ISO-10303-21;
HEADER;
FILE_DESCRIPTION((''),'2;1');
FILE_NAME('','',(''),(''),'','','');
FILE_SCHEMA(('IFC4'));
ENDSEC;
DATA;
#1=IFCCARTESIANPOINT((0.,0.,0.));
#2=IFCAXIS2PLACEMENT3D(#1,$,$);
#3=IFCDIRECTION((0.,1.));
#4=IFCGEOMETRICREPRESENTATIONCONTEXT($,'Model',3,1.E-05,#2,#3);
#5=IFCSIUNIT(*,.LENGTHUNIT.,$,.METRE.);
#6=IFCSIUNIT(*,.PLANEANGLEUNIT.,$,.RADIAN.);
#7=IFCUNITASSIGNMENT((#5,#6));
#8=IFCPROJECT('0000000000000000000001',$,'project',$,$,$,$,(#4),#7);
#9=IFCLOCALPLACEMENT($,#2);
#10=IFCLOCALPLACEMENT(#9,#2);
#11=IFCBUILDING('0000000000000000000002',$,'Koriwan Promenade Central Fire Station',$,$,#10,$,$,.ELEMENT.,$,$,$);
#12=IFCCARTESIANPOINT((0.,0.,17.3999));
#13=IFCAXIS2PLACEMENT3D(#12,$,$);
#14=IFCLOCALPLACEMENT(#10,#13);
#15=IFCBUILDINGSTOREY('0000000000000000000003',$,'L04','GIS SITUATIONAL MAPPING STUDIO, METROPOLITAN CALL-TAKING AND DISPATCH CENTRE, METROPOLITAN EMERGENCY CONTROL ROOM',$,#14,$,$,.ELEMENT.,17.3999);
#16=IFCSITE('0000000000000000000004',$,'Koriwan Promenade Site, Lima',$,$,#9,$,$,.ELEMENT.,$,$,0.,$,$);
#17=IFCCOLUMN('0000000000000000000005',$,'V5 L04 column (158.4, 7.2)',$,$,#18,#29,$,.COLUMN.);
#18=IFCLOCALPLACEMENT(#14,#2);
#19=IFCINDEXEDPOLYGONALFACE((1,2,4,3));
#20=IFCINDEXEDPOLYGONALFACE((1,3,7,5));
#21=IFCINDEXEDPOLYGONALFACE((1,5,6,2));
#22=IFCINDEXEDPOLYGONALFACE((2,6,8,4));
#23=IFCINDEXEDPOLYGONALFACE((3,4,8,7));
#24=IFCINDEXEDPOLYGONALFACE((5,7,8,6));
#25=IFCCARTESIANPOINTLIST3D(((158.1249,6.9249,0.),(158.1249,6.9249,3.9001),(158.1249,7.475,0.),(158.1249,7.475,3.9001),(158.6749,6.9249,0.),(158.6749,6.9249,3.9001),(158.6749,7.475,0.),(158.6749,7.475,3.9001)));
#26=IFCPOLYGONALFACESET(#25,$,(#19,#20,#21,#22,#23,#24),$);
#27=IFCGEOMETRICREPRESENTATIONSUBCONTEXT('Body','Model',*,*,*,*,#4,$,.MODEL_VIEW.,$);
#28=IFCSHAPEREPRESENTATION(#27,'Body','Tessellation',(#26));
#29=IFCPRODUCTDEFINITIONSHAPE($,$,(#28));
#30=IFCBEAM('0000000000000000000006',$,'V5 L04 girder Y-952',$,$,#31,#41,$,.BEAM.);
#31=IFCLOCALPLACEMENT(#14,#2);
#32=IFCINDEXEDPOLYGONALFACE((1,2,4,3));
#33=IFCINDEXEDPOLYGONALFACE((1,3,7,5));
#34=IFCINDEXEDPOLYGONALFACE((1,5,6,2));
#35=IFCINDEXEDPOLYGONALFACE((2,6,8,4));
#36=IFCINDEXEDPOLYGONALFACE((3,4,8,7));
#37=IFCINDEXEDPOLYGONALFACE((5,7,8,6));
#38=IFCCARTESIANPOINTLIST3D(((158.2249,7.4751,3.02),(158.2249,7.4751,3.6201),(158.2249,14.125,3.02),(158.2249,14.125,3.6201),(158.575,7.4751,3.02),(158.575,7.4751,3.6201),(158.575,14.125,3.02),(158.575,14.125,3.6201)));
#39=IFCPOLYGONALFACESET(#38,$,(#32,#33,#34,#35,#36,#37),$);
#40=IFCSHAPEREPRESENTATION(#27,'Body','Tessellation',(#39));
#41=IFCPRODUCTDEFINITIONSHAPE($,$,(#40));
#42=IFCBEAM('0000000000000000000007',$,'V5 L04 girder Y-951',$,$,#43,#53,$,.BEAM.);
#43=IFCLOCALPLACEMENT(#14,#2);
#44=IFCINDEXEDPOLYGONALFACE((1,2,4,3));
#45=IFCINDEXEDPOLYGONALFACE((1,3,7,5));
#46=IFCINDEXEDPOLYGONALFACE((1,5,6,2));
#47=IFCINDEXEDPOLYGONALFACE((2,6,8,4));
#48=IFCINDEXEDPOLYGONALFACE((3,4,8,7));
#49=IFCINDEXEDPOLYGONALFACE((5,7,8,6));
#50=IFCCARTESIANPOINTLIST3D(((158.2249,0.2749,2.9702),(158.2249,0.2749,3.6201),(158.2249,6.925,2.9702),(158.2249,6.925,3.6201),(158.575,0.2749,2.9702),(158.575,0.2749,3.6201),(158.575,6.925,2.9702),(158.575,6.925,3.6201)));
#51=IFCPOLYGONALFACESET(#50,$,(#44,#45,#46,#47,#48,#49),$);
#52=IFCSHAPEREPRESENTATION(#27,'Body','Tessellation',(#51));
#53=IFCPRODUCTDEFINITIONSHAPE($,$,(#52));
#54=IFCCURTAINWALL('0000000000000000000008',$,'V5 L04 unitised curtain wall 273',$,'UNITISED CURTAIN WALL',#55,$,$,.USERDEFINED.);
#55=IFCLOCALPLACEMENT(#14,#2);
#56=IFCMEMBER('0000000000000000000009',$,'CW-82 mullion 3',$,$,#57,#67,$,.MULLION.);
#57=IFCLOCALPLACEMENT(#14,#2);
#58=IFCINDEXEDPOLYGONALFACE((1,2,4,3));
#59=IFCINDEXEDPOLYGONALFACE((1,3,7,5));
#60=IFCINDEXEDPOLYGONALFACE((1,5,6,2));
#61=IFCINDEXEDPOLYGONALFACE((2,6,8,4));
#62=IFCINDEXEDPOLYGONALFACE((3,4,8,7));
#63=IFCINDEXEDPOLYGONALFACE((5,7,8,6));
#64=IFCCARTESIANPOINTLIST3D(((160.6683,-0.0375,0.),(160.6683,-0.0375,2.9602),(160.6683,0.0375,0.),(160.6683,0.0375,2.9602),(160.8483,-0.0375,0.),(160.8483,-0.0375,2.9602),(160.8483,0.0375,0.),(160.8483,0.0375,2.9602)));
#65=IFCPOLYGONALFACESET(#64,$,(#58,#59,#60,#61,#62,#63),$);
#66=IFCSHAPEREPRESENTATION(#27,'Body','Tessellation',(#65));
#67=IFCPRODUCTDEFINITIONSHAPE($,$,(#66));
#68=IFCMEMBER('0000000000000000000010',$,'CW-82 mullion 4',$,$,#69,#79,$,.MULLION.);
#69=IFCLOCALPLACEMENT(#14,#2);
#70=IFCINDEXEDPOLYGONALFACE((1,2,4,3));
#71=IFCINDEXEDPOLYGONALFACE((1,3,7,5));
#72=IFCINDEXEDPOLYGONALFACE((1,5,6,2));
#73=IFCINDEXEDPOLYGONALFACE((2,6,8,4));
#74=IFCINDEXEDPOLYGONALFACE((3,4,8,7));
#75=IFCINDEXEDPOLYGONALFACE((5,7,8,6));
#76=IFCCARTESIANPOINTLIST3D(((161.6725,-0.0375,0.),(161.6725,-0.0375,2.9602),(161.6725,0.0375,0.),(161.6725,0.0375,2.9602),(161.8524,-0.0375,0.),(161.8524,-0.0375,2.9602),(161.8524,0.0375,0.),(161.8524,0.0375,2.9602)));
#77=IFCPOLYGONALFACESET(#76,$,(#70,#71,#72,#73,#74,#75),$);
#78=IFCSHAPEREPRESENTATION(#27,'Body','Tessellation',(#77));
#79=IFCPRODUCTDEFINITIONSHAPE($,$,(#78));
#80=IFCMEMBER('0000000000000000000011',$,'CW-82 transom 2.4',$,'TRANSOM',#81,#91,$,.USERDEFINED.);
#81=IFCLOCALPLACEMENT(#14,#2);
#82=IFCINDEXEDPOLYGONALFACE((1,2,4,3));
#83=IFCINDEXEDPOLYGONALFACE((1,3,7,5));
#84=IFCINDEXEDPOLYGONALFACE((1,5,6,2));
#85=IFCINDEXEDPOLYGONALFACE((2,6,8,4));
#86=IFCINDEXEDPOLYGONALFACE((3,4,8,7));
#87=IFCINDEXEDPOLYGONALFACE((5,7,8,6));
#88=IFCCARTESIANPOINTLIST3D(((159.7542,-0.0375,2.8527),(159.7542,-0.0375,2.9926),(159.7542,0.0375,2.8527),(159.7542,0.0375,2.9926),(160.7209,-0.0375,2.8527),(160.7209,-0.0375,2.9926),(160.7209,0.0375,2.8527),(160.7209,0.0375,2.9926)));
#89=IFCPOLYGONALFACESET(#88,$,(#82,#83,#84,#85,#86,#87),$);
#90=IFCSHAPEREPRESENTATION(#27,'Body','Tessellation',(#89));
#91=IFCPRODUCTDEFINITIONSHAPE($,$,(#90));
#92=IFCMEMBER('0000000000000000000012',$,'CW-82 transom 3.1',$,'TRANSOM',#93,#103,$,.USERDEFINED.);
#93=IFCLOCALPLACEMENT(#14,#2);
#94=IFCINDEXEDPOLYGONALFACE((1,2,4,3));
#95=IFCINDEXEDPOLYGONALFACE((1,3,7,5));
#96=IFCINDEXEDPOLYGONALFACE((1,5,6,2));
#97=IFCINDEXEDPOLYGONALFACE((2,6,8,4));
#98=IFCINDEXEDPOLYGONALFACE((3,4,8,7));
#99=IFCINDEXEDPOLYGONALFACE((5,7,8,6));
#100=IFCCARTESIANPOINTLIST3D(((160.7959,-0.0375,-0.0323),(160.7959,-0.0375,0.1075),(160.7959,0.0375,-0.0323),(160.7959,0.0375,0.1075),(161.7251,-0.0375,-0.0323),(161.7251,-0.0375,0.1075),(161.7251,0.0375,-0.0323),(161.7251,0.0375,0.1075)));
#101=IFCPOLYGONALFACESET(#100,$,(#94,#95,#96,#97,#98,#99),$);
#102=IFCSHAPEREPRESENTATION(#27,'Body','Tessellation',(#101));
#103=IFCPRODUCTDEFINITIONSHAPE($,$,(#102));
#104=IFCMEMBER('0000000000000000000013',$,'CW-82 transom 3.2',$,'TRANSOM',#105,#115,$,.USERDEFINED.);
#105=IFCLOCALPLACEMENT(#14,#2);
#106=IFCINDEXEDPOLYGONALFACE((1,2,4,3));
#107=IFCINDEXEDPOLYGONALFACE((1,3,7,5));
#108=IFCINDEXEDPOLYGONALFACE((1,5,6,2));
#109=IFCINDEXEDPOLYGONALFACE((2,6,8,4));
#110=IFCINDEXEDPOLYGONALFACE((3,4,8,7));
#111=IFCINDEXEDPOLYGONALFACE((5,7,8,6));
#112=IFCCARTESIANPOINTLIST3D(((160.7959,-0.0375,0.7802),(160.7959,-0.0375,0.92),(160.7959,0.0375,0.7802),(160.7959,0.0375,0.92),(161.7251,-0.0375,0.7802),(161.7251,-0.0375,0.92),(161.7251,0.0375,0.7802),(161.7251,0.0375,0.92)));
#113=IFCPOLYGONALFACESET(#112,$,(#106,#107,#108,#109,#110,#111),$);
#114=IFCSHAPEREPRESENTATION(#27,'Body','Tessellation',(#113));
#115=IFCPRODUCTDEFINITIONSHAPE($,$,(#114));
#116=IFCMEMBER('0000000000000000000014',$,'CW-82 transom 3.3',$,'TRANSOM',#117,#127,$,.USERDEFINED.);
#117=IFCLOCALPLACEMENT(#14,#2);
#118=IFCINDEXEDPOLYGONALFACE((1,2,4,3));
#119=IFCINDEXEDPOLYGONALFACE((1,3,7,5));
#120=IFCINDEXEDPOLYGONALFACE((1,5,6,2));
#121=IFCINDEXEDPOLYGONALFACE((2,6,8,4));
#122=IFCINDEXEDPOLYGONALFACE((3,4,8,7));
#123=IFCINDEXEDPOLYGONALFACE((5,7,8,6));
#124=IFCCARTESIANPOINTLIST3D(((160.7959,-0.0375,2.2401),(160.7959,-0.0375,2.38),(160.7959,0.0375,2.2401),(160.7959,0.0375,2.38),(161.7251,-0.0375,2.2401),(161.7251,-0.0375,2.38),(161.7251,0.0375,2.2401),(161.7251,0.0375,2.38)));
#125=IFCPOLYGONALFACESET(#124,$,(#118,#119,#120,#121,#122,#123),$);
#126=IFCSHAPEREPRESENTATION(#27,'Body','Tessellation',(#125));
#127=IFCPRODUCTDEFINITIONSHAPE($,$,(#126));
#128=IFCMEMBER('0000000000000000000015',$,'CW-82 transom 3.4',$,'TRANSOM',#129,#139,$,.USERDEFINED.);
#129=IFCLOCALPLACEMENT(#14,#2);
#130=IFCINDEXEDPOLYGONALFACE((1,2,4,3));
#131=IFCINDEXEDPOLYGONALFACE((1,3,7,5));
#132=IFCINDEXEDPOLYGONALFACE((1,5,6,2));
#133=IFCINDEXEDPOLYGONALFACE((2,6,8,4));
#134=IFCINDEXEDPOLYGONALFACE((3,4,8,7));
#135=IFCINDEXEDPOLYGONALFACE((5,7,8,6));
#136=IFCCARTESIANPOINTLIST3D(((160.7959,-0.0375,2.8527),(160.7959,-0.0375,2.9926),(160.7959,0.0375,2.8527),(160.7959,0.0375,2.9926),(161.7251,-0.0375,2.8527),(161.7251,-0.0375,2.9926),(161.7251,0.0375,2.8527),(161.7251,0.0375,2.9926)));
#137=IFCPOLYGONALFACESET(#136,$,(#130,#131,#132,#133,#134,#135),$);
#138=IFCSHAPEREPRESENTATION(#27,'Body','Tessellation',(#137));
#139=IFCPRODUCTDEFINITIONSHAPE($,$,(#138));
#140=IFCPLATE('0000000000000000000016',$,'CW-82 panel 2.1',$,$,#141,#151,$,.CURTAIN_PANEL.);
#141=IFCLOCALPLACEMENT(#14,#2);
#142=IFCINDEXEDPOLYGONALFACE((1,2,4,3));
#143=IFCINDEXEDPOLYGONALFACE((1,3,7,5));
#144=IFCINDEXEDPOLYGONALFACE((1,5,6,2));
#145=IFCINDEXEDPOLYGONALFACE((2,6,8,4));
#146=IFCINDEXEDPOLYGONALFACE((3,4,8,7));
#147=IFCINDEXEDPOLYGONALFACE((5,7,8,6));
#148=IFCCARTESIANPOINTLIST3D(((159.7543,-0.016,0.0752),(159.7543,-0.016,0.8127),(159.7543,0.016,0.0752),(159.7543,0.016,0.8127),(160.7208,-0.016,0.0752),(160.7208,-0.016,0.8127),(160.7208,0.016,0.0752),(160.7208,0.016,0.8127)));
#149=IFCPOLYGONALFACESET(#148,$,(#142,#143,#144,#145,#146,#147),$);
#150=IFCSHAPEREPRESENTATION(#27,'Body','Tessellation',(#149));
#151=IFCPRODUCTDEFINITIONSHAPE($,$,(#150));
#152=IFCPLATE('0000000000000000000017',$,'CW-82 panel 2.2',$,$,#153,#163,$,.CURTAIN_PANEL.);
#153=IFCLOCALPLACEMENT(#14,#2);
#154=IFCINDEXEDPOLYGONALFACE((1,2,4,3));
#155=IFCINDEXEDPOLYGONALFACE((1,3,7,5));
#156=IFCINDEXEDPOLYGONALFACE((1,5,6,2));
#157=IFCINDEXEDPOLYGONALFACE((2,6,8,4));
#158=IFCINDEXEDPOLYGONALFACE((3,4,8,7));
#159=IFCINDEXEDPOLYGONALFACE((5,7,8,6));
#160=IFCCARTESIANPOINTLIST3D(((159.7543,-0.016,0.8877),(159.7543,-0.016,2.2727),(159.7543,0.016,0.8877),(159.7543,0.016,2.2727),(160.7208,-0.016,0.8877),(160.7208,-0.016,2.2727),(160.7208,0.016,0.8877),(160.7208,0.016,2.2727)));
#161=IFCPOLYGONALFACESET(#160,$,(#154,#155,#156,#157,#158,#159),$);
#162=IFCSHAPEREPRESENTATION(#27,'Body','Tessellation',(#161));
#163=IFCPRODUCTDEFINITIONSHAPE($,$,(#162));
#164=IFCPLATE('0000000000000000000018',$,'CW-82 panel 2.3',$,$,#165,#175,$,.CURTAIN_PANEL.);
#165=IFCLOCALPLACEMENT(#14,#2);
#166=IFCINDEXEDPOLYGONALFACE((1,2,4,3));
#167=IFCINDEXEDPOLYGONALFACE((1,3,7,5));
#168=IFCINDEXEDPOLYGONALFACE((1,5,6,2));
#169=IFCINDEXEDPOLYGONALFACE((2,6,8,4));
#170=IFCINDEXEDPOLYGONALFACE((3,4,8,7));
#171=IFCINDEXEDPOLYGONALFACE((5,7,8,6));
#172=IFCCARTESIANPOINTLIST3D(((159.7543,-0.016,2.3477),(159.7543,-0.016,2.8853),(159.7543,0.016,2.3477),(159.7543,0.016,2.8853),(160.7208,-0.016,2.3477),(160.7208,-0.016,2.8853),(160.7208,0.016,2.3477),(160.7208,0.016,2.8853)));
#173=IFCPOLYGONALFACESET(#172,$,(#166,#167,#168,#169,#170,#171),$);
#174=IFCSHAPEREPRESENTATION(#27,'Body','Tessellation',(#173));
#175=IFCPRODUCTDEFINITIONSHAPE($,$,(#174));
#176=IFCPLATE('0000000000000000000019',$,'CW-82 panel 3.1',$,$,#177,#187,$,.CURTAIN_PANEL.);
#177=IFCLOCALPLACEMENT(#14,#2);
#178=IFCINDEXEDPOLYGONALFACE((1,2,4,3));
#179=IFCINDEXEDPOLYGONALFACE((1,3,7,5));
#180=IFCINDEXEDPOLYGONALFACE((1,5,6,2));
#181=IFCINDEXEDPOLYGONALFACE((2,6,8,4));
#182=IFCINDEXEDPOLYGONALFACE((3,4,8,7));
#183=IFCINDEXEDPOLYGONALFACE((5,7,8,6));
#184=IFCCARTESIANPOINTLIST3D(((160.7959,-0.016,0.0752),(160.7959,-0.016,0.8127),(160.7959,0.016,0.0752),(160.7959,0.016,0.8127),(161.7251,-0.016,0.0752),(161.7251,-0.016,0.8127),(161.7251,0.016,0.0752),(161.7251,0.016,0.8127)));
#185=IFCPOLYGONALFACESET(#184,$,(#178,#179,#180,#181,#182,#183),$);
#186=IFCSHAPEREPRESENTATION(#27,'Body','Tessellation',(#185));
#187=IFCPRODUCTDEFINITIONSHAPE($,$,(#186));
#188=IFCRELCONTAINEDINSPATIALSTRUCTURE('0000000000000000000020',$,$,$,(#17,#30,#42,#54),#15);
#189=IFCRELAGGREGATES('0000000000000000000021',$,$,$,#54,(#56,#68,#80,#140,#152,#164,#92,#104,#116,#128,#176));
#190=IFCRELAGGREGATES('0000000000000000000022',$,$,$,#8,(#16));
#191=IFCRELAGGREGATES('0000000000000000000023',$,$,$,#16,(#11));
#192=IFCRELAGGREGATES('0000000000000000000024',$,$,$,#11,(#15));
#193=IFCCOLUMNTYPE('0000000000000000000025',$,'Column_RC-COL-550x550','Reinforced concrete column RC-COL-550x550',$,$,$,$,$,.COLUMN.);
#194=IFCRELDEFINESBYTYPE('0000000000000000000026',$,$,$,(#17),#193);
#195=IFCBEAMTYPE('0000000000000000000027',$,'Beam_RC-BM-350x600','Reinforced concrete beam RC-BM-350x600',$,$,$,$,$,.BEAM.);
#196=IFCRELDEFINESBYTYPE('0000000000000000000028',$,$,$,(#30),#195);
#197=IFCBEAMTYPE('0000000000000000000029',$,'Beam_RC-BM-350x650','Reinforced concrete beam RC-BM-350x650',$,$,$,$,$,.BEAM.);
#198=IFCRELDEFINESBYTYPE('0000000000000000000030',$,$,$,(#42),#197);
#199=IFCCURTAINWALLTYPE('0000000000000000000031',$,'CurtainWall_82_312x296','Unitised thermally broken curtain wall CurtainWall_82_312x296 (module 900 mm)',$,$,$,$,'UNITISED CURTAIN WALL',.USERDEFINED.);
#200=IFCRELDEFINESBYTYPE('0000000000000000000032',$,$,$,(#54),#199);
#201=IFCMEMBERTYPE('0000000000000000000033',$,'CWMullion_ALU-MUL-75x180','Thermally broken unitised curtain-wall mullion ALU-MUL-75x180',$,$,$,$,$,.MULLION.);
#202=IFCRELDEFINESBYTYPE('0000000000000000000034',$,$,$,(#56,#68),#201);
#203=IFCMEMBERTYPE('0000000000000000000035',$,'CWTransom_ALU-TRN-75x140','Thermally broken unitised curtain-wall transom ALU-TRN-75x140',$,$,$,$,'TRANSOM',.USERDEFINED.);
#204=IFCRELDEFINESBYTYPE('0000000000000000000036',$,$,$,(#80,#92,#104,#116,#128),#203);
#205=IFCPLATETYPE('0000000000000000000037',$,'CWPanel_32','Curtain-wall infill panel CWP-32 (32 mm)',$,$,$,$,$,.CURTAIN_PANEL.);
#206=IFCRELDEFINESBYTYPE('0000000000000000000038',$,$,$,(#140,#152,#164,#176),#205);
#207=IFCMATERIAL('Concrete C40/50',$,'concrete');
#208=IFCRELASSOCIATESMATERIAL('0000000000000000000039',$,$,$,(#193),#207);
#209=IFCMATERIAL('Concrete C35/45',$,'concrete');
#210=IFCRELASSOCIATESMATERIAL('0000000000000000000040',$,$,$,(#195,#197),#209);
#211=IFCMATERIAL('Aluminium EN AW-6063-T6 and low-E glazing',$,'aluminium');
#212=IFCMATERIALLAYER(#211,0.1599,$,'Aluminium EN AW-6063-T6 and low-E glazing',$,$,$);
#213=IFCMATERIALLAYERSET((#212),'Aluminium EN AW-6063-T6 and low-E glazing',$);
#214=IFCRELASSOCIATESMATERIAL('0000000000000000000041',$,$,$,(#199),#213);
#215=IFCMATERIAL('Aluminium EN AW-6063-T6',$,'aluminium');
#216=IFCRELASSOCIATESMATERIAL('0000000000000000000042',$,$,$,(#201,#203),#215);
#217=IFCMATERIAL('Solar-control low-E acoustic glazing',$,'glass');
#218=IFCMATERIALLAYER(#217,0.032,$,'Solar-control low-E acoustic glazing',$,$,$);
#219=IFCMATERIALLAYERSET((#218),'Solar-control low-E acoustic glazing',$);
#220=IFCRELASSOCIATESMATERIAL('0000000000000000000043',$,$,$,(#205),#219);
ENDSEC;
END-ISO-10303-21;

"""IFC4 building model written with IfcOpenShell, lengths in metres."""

from ifc_helpers import new_model, si_unit, direction, frame, origin, origin_2d, place, context, subcontext, project, spatial, rectangle, extrude, material, layer, layer_set, material_profile, profile_set, type_object, element, aggregate, save


model = new_model("IFC4")

# Units and contexts
model_context = context("Model", 3, precision=1e-05, world=origin(), true_north=direction((0.0, 1.0)))
body_context = subcontext(model_context, "Body", "Model", "MODEL_VIEW")
ifc_project = project(units=[si_unit("LENGTHUNIT", "METRE"), si_unit("PLANEANGLEUNIT", "RADIAN")], contexts=[model_context])

# Site, building, storey
site_placement = place(None, origin())
site = spatial("IfcSite", under=ifc_project, at=site_placement, Name="Koriwan Promenade Site, Lima", CompositionType="ELEMENT", RefElevation=0.0)
building_placement = place(site_placement, origin())
building = spatial("IfcBuilding", under=site, at=building_placement, Name="Koriwan Promenade Central Fire Station", CompositionType="ELEMENT")
storey_placement = place(building_placement, frame((0.0, 0.0, 17.3999)))
storey = spatial("IfcBuildingStorey", under=building, at=storey_placement, Name="L04", Description="GIS SITUATIONAL MAPPING STUDIO, METROPOLITAN CALL-TAKING AND DISPATCH CENTRE, METROPOLITAN EMERGENCY CONTROL ROOM", CompositionType="ELEMENT", Elevation=17.3999)

# Column
ifc_material_1 = material(Name="Concrete C40/50", Category="concrete")
ifc_material_profile_1 = material_profile(ifc_material_1, rectangle(XDim=0.55, YDim=0.55, at=origin_2d()), Name="RC-COL-550x550")
ifc_profile_set_1 = profile_set([ifc_material_profile_1], Name="Concrete C40/50")
column_type = type_object("IfcColumnType", Name="Column_RC-COL-550x550", Description="Reinforced concrete column RC-COL-550x550", PredefinedType="COLUMN", material=ifc_profile_set_1)
column_placement = place(storey_placement, frame((158.3999, 7.2, 0.0), z_axis=(0.0, 0.0, 1.0), x_axis=(1.0, 0.0, 0.0)))
element("IfcColumn", 1, at=column_placement, inside=storey, type_object=column_type, Name="V5 L04 column (158.4, 7.2)", PredefinedType="COLUMN", context=body_context, shape_type="SweptSolid", body=[
    extrude(rectangle(XDim=0.55, YDim=0.55, at=origin_2d()), origin(), (0.0, 0.0, 1.0), 3.9001),
])

# Beams
ifc_material_2 = material(Name="Concrete C35/45", Category="concrete")
ifc_material_profile_2 = material_profile(ifc_material_2, rectangle(XDim=0.3501, YDim=0.6001, at=origin_2d()), Name="RC-BM-350x600")
ifc_profile_set_2 = profile_set([ifc_material_profile_2], Name="Concrete C35/45")
beam_type_1 = type_object("IfcBeamType", Name="Beam_RC-BM-350x600", Description="Reinforced concrete beam RC-BM-350x600", PredefinedType="BEAM", material=ifc_profile_set_2)
beam_1_placement = place(storey_placement, frame((158.3999, 7.4751, 3.3201), z_axis=(0.0, 1.0, 0.0), x_axis=(-1.0, 0.0, 0.0)))
element("IfcBeam", 2, at=beam_1_placement, inside=storey, type_object=beam_type_1, Name="V5 L04 girder Y-952", PredefinedType="BEAM", context=body_context, shape_type="SweptSolid", body=[
    extrude(rectangle(XDim=0.3501, YDim=0.6001, at=origin_2d()), origin(), (0.0, 0.0, 1.0), 6.6499),
])
ifc_material_profile_3 = material_profile(ifc_material_2, rectangle(XDim=0.3501, YDim=0.6499, at=origin_2d()), Name="RC-BM-350x650")
ifc_profile_set_3 = profile_set([ifc_material_profile_3], Name="Concrete C35/45")
beam_type_2 = type_object("IfcBeamType", Name="Beam_RC-BM-350x650", Description="Reinforced concrete beam RC-BM-350x650", PredefinedType="BEAM", material=ifc_profile_set_3)
beam_2_placement = place(storey_placement, frame((158.3999, 0.2749, 3.2952), z_axis=(0.0, 1.0, 0.0), x_axis=(-1.0, 0.0, 0.0)))
element("IfcBeam", 3, at=beam_2_placement, inside=storey, type_object=beam_type_2, Name="V5 L04 girder Y-951", PredefinedType="BEAM", context=body_context, shape_type="SweptSolid", body=[
    extrude(rectangle(XDim=0.3501, YDim=0.6499, at=origin_2d()), origin(), (0.0, 0.0, 1.0), 6.6501),
])

# Curtain wall, members, plates
ifc_material_3 = material(Name="Aluminium EN AW-6063-T6 and low-E glazing", Category="aluminium")
ifc_layer_1 = layer(ifc_material_3, 0.1599, Name="Aluminium EN AW-6063-T6 and low-E glazing")
ifc_layer_set_1 = layer_set([ifc_layer_1], Name="Aluminium EN AW-6063-T6 and low-E glazing")
curtain_wall_type = type_object("IfcCurtainWallType", Name="CurtainWall_82_312x296", Description="Unitised thermally broken curtain wall CurtainWall_82_312x296 (module 900 mm)", ElementType="UNITISED CURTAIN WALL", PredefinedType="USERDEFINED", material=ifc_layer_set_1)
curtain_wall_placement = place(storey_placement, origin())
curtain_wall = element("IfcCurtainWall", 4, at=curtain_wall_placement, inside=storey, type_object=curtain_wall_type, Name="V5 L04 unitised curtain wall 273", ObjectType="UNITISED CURTAIN WALL", PredefinedType="USERDEFINED")
ifc_material_4 = material(Name="Aluminium EN AW-6063-T6", Category="aluminium")
ifc_material_profile_4 = material_profile(ifc_material_4, rectangle(XDim=0.075, YDim=0.1799, at=origin_2d()), Name="ALU-MUL-75x180")
ifc_profile_set_4 = profile_set([ifc_material_profile_4], Name="Aluminium EN AW-6063-T6")
member_type_1 = type_object("IfcMemberType", Name="CWMullion_ALU-MUL-75x180", Description="Thermally broken unitised curtain-wall mullion ALU-MUL-75x180", PredefinedType="MULLION", material=ifc_profile_set_4)
member_1_placement = place(storey_placement, frame((160.7583, 0.0, 0.0), z_axis=(0.0, 0.0, 1.0), x_axis=(0.0, 1.0, 0.0)))
member_1 = element("IfcMember", 5, at=member_1_placement, type_object=member_type_1, Name="CW-82 mullion 3", PredefinedType="MULLION", context=body_context, shape_type="SweptSolid", body=[
    extrude(rectangle(XDim=0.075, YDim=0.1799, at=origin_2d()), origin(), (0.0, 0.0, 1.0), 2.9602),
])
member_2_placement = place(storey_placement, frame((161.7625, 0.0, 0.0), z_axis=(0.0, 0.0, 1.0), x_axis=(0.0, 1.0, 0.0)))
member_2 = element("IfcMember", 6, at=member_2_placement, type_object=member_type_1, Name="CW-82 mullion 4", PredefinedType="MULLION", context=body_context, shape_type="SweptSolid", body=[
    extrude(rectangle(XDim=0.075, YDim=0.1799, at=origin_2d()), origin(), (0.0, 0.0, 1.0), 2.9602),
])
ifc_material_profile_5 = material_profile(ifc_material_4, rectangle(XDim=0.075, YDim=0.1399, at=origin_2d()), Name="ALU-TRN-75x140")
ifc_profile_set_5 = profile_set([ifc_material_profile_5], Name="Aluminium EN AW-6063-T6")
member_type_2 = type_object("IfcMemberType", Name="CWTransom_ALU-TRN-75x140", Description="Thermally broken unitised curtain-wall transom ALU-TRN-75x140", ElementType="TRANSOM", PredefinedType="USERDEFINED", material=ifc_profile_set_5)
member_3_placement = place(storey_placement, frame((159.7542, 0.0, 2.9226), z_axis=(1.0, 0.0, 0.0), x_axis=(0.0, 1.0, 0.0)))
member_3 = element("IfcMember", 7, at=member_3_placement, type_object=member_type_2, Name="CW-82 transom 2.4", ObjectType="TRANSOM", PredefinedType="USERDEFINED", context=body_context, shape_type="SweptSolid", body=[
    extrude(rectangle(XDim=0.075, YDim=0.1399, at=origin_2d()), origin(), (0.0, 0.0, 1.0), 0.9668),
])
member_4_placement = place(storey_placement, frame((160.7959, 0.0, 0.0376), z_axis=(1.0, 0.0, 0.0), x_axis=(0.0, 1.0, 0.0)))
member_4 = element("IfcMember", 8, at=member_4_placement, type_object=member_type_2, Name="CW-82 transom 3.1", ObjectType="TRANSOM", PredefinedType="USERDEFINED", context=body_context, shape_type="SweptSolid", body=[
    extrude(rectangle(XDim=0.075, YDim=0.1399, at=origin_2d()), origin(), (0.0, 0.0, 1.0), 0.9292),
])
member_5_placement = place(storey_placement, frame((160.7959, 0.0, 0.8501), z_axis=(1.0, 0.0, 0.0), x_axis=(0.0, 1.0, 0.0)))
member_5 = element("IfcMember", 9, at=member_5_placement, type_object=member_type_2, Name="CW-82 transom 3.2", ObjectType="TRANSOM", PredefinedType="USERDEFINED", context=body_context, shape_type="SweptSolid", body=[
    extrude(rectangle(XDim=0.075, YDim=0.1399, at=origin_2d()), origin(), (0.0, 0.0, 1.0), 0.9292),
])
member_6_placement = place(storey_placement, frame((160.7959, 0.0, 2.3101), z_axis=(1.0, 0.0, 0.0), x_axis=(0.0, 1.0, 0.0)))
member_6 = element("IfcMember", 10, at=member_6_placement, type_object=member_type_2, Name="CW-82 transom 3.3", ObjectType="TRANSOM", PredefinedType="USERDEFINED", context=body_context, shape_type="SweptSolid", body=[
    extrude(rectangle(XDim=0.075, YDim=0.1399, at=origin_2d()), origin(), (0.0, 0.0, 1.0), 0.9292),
])
member_7_placement = place(storey_placement, frame((160.7959, 0.0, 2.9226), z_axis=(1.0, 0.0, 0.0), x_axis=(0.0, 1.0, 0.0)))
member_7 = element("IfcMember", 11, at=member_7_placement, type_object=member_type_2, Name="CW-82 transom 3.4", ObjectType="TRANSOM", PredefinedType="USERDEFINED", context=body_context, shape_type="SweptSolid", body=[
    extrude(rectangle(XDim=0.075, YDim=0.1399, at=origin_2d()), origin(), (0.0, 0.0, 1.0), 0.9292),
])
ifc_material_5 = material(Name="Solar-control low-E acoustic glazing", Category="glass")
ifc_layer_2 = layer(ifc_material_5, 0.032, Name="Solar-control low-E acoustic glazing")
ifc_layer_set_2 = layer_set([ifc_layer_2], Name="Solar-control low-E acoustic glazing")
plate_type = type_object("IfcPlateType", Name="CWPanel_32", Description="Curtain-wall infill panel CWP-32 (32 mm)", PredefinedType="CURTAIN_PANEL", material=ifc_layer_set_2)
plate_1_placement = place(storey_placement, frame((160.2375, 0.0, 0.0752), z_axis=(0.0, 0.0, 1.0), x_axis=(1.0, 0.0, 0.0)))
plate_1 = element("IfcPlate", 12, at=plate_1_placement, type_object=plate_type, Name="CW-82 panel 2.1", PredefinedType="CURTAIN_PANEL", context=body_context, shape_type="SweptSolid", body=[
    extrude(rectangle(XDim=0.9666, YDim=0.032, at=origin_2d()), origin(), (0.0, 0.0, 1.0), 0.7375),
])
plate_2_placement = place(storey_placement, frame((160.2375, 0.0, 0.8877), z_axis=(0.0, 0.0, 1.0), x_axis=(1.0, 0.0, 0.0)))
plate_2 = element("IfcPlate", 13, at=plate_2_placement, type_object=plate_type, Name="CW-82 panel 2.2", PredefinedType="CURTAIN_PANEL", context=body_context, shape_type="SweptSolid", body=[
    extrude(rectangle(XDim=0.9666, YDim=0.032, at=origin_2d()), origin(), (0.0, 0.0, 1.0), 1.385),
])
plate_3_placement = place(storey_placement, frame((160.2375, 0.0, 2.3477), z_axis=(0.0, 0.0, 1.0), x_axis=(1.0, 0.0, 0.0)))
plate_3 = element("IfcPlate", 14, at=plate_3_placement, type_object=plate_type, Name="CW-82 panel 2.3", PredefinedType="CURTAIN_PANEL", context=body_context, shape_type="SweptSolid", body=[
    extrude(rectangle(XDim=0.9666, YDim=0.032, at=origin_2d()), origin(), (0.0, 0.0, 1.0), 0.5376),
])
plate_4_placement = place(storey_placement, frame((161.2605, 0.0, 0.0752), z_axis=(0.0, 0.0, 1.0), x_axis=(1.0, 0.0, 0.0)))
plate_4 = element("IfcPlate", 15, at=plate_4_placement, type_object=plate_type, Name="CW-82 panel 3.1", PredefinedType="CURTAIN_PANEL", context=body_context, shape_type="SweptSolid", body=[
    extrude(rectangle(XDim=0.9292, YDim=0.032, at=origin_2d()), origin(), (0.0, 0.0, 1.0), 0.7375),
])
aggregate(curtain_wall, [member_1, member_2, member_3, plate_1, plate_2, plate_3, member_4, member_5, member_6, member_7, plate_4])

save(model, "model.ifc")
